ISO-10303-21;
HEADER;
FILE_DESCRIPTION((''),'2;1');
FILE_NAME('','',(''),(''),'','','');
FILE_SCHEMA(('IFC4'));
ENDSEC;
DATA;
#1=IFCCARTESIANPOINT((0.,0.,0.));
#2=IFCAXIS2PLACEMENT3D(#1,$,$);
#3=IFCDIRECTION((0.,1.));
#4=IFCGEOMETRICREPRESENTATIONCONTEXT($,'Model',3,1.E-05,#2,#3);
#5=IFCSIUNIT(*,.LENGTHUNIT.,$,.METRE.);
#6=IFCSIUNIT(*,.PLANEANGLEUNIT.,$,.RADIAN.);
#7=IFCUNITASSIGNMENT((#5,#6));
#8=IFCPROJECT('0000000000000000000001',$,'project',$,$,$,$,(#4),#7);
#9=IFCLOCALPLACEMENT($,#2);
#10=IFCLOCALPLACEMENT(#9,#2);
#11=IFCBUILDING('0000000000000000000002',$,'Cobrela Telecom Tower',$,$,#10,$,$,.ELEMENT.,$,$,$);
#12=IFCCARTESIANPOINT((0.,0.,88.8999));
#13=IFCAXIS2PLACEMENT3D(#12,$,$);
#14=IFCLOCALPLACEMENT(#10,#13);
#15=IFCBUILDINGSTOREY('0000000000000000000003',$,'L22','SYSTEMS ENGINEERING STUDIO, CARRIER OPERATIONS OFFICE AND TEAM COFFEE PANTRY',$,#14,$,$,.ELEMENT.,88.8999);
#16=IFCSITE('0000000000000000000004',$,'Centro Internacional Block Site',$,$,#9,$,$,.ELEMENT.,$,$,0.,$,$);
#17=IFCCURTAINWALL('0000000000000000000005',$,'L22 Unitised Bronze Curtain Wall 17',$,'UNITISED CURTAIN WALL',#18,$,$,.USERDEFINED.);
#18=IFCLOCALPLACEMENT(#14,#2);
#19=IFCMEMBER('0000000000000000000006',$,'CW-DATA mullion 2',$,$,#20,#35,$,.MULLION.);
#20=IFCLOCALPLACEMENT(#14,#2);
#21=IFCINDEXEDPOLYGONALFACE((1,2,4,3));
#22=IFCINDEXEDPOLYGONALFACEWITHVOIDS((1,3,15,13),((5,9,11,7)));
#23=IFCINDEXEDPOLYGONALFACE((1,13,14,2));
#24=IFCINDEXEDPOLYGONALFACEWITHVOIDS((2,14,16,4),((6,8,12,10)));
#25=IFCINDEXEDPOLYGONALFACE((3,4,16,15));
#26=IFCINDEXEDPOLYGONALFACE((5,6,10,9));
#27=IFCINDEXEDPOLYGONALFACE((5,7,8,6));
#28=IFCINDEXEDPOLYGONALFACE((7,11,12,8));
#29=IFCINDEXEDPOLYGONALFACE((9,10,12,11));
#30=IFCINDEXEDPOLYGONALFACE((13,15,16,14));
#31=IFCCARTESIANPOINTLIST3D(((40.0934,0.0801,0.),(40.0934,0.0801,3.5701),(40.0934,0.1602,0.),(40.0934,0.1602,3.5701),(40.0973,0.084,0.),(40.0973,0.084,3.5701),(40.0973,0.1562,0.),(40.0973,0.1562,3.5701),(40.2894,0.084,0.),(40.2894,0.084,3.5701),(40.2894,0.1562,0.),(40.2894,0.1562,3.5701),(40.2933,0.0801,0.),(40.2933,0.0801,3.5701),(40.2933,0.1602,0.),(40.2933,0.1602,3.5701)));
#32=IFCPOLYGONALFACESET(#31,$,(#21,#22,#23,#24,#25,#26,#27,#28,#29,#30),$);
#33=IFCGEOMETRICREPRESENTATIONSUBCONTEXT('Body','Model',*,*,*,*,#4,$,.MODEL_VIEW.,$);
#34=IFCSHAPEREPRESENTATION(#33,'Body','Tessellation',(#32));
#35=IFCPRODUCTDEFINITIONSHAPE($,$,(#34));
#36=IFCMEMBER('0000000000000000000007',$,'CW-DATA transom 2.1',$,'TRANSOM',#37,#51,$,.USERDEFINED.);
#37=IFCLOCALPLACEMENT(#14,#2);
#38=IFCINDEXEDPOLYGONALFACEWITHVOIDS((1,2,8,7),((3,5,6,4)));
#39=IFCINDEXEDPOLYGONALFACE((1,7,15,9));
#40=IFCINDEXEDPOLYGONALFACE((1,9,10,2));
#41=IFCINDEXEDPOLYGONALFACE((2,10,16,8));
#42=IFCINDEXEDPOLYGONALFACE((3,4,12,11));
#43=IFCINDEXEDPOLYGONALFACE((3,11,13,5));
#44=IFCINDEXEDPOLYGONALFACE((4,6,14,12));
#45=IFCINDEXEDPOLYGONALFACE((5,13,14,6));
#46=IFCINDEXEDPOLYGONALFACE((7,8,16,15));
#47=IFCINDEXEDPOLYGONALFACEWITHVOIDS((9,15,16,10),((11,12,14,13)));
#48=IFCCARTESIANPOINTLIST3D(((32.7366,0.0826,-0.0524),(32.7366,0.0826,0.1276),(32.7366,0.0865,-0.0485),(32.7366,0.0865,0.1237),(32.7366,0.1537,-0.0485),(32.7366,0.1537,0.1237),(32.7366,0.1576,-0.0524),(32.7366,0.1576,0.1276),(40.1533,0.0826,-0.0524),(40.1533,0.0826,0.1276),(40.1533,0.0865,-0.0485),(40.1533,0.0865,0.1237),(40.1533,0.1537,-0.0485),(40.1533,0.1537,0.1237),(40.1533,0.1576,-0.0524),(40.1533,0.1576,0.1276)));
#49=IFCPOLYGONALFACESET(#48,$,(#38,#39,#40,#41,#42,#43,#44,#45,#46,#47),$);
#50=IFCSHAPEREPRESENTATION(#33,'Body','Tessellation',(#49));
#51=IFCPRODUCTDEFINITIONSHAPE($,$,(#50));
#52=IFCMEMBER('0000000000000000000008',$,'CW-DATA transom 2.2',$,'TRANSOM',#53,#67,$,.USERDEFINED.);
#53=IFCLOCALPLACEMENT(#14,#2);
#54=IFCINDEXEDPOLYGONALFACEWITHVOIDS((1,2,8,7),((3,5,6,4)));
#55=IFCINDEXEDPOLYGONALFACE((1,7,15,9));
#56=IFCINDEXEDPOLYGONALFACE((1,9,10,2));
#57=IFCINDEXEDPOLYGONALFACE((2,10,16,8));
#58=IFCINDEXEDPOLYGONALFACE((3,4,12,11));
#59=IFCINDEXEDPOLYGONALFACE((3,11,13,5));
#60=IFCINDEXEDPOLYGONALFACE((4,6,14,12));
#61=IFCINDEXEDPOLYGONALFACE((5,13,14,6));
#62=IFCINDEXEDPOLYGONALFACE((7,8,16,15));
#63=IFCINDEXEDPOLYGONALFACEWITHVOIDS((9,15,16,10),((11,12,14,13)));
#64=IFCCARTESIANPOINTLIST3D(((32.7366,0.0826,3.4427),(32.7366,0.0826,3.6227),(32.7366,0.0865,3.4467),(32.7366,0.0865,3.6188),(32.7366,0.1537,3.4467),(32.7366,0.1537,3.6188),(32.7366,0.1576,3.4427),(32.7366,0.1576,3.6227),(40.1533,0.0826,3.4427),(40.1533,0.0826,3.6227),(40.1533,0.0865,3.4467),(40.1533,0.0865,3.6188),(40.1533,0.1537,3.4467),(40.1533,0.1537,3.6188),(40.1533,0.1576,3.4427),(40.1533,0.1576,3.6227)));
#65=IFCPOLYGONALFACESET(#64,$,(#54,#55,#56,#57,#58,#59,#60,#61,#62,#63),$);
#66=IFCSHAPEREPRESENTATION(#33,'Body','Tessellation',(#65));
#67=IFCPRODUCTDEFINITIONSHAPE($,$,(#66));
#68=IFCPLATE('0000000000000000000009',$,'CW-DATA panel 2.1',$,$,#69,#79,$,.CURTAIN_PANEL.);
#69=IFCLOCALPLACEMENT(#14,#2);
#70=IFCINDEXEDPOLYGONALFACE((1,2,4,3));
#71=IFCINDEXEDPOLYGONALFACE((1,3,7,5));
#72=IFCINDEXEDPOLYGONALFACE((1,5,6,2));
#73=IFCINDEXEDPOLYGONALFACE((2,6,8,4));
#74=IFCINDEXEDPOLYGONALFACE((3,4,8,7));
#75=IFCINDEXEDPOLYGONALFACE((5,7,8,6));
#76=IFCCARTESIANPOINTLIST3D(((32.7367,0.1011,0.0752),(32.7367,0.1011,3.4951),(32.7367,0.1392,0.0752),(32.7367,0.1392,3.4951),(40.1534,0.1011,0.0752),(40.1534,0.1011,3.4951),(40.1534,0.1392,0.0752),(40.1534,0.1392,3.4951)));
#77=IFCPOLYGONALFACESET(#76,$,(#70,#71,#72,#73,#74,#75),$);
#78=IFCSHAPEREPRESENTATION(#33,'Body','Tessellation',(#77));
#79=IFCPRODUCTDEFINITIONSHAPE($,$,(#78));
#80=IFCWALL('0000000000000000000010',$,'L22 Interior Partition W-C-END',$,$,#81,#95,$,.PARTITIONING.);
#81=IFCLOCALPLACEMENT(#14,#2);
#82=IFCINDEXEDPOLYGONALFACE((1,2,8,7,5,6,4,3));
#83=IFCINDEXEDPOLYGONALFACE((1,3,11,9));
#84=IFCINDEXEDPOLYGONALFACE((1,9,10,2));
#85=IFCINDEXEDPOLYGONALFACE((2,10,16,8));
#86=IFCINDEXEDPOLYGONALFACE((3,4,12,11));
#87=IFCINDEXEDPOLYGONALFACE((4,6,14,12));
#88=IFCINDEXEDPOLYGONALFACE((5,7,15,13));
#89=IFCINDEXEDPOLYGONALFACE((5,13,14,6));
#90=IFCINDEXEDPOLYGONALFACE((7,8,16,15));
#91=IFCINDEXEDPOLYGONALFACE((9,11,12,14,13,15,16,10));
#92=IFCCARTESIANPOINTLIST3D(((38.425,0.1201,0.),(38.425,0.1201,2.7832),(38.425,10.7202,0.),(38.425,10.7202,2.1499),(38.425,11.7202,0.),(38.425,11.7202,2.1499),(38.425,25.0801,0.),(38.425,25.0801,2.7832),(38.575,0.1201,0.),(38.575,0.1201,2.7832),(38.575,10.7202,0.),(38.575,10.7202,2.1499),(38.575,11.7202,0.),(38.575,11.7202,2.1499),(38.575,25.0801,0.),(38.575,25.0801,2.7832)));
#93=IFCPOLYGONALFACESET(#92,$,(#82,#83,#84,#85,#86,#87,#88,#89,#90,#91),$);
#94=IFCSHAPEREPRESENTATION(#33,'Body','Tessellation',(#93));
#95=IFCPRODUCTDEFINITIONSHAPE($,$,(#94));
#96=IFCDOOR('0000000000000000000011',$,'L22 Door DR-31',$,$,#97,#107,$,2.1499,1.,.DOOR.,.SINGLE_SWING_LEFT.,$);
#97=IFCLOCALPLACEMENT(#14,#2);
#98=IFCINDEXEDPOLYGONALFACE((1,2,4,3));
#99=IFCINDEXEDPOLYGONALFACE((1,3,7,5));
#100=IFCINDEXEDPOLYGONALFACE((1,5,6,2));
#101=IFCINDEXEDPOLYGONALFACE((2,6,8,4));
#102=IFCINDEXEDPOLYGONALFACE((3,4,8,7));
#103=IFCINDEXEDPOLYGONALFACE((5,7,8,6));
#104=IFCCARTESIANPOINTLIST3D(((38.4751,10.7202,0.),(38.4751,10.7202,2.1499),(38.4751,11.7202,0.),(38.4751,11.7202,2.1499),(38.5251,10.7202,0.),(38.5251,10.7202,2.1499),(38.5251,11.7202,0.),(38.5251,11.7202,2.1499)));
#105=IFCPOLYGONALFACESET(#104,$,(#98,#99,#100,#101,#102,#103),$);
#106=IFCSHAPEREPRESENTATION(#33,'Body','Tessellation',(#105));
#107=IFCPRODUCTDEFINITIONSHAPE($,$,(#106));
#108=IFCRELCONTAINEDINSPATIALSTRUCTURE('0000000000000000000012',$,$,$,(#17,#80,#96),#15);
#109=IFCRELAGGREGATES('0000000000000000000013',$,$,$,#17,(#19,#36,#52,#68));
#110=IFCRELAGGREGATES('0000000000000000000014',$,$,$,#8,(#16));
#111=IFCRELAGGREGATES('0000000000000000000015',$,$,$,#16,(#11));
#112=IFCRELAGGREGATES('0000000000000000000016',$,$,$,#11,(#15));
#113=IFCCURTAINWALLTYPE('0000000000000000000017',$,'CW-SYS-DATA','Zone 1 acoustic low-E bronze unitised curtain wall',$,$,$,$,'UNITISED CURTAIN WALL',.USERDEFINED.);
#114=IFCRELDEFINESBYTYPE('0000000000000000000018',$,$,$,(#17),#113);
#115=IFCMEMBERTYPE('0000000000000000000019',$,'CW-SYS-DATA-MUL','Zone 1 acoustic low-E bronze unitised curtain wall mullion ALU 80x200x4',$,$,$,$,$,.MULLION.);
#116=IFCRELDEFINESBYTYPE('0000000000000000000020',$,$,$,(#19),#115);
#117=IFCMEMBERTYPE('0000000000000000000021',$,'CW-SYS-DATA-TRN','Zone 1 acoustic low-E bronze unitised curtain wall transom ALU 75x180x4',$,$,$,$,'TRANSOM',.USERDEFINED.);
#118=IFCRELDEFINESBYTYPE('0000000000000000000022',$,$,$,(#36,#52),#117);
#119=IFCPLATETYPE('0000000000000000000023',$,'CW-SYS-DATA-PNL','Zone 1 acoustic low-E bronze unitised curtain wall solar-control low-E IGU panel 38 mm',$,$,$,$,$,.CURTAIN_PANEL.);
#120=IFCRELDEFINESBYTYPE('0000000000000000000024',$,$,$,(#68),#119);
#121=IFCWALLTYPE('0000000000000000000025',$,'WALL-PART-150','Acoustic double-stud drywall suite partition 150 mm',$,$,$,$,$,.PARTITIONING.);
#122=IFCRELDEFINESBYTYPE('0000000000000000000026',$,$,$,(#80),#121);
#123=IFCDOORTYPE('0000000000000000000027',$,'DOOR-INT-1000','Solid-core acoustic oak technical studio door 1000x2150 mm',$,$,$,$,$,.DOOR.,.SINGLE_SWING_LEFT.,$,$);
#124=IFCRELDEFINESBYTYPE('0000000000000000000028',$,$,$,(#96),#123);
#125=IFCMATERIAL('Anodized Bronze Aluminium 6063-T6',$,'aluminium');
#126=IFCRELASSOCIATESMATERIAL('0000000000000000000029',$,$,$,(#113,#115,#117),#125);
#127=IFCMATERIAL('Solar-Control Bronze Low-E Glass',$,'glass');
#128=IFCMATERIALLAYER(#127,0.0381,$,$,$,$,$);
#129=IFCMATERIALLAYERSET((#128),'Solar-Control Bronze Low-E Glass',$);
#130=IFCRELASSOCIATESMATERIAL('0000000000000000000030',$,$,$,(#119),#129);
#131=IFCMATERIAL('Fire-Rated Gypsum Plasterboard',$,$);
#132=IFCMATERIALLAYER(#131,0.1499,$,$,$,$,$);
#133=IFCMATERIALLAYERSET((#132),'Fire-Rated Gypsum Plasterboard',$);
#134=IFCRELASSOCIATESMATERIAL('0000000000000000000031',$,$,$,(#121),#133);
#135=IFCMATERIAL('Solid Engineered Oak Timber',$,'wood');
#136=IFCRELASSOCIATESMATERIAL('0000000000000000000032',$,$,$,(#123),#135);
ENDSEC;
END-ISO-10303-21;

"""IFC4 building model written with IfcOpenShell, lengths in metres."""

from ifc_helpers import new_model, si_unit, direction, frame, frame_2d, origin, origin_2d, place, context, subcontext, project, spatial, rectangle, hollow_rectangle, extrude, material, layer, layer_set, material_profile, profile_set, type_object, element, fill, aggregate, save


model = new_model("IFC4")

# Units and contexts
model_context = context("Model", 3, precision=1e-05, world=origin(), true_north=direction((0.0, 1.0)))
body_context = subcontext(model_context, "Body", "Model", "MODEL_VIEW")
ifc_project = project(units=[si_unit("LENGTHUNIT", "METRE"), si_unit("PLANEANGLEUNIT", "RADIAN")], contexts=[model_context])

# Site, building, storey
site_placement = place(None, origin())
site = spatial("IfcSite", under=ifc_project, at=site_placement, Name="Centro Internacional Block Site", CompositionType="ELEMENT", RefElevation=0.0)
building_placement = place(site_placement, origin())
building = spatial("IfcBuilding", under=site, at=building_placement, Name="Cobrela Telecom Tower", CompositionType="ELEMENT")
storey_placement = place(building_placement, frame((0.0, 0.0, 88.8999)))
storey = spatial("IfcBuildingStorey", under=building, at=storey_placement, Name="L22", Description="SYSTEMS ENGINEERING STUDIO, CARRIER OPERATIONS OFFICE AND TEAM COFFEE PANTRY", CompositionType="ELEMENT", Elevation=88.8999)

# Curtain wall, members, plate
ifc_material_1 = material(Name="Anodized Bronze Aluminium 6063-T6", Category="aluminium")
curtain_wall_type = type_object("IfcCurtainWallType", Name="CW-SYS-DATA", Description="Zone 1 acoustic low-E bronze unitised curtain wall", ElementType="UNITISED CURTAIN WALL", PredefinedType="USERDEFINED", material=ifc_material_1)
curtain_wall_placement = place(storey_placement, origin())
curtain_wall = element("IfcCurtainWall", 1, at=curtain_wall_placement, inside=storey, type_object=curtain_wall_type, Name="L22 Unitised Bronze Curtain Wall 17", ObjectType="UNITISED CURTAIN WALL", PredefinedType="USERDEFINED")
ifc_material_profile_1 = material_profile(ifc_material_1, hollow_rectangle(XDim=0.0801, YDim=0.2, WallThickness=0.0039, at=origin_2d()), Name="ALU 80x200x4")
ifc_profile_set_1 = profile_set([ifc_material_profile_1], Name="Anodized Bronze Aluminium 6063-T6")
member_type_1 = type_object("IfcMemberType", Name="CW-SYS-DATA-MUL", Description="Zone 1 acoustic low-E bronze unitised curtain wall mullion ALU 80x200x4", PredefinedType="MULLION", material=ifc_profile_set_1)
member_1_placement = place(storey_placement, frame((40.1934, 0.1201, 0.0), z_axis=(0.0, 0.0, 1.0), x_axis=(0.0, -1.0, 0.0)))
member_1 = element("IfcMember", 2, at=member_1_placement, type_object=member_type_1, Name="CW-DATA mullion 2", PredefinedType="MULLION", context=body_context, shape_type="SweptSolid", body=[
    extrude(hollow_rectangle(XDim=0.0801, YDim=0.2, WallThickness=0.0039, at=origin_2d()), origin(), (0.0, 0.0, 1.0), 3.5701),
])
ifc_material_profile_2 = material_profile(ifc_material_1, hollow_rectangle(XDim=0.075, YDim=0.1799, WallThickness=0.0039, at=origin_2d()), Name="ALU 75x180x4")
ifc_profile_set_2 = profile_set([ifc_material_profile_2], Name="Anodized Bronze Aluminium 6063-T6")
member_type_2 = type_object("IfcMemberType", Name="CW-SYS-DATA-TRN", Description="Zone 1 acoustic low-E bronze unitised curtain wall transom ALU 75x180x4", ElementType="TRANSOM", PredefinedType="USERDEFINED", material=ifc_profile_set_2)
member_2_placement = place(storey_placement, frame((40.1533, 0.1201, 0.0376), z_axis=(-1.0, 0.0, 0.0), x_axis=(0.0, -1.0, 0.0)))
member_2 = element("IfcMember", 3, at=member_2_placement, type_object=member_type_2, Name="CW-DATA transom 2.1", ObjectType="TRANSOM", PredefinedType="USERDEFINED", context=body_context, shape_type="SweptSolid", body=[
    extrude(hollow_rectangle(XDim=0.075, YDim=0.1799, WallThickness=0.0039, at=origin_2d()), origin(), (0.0, 0.0, 1.0), 7.4167),
])
member_3_placement = place(storey_placement, frame((40.1533, 0.1201, 3.5327), z_axis=(-1.0, 0.0, 0.0), x_axis=(0.0, -1.0, 0.0)))
member_3 = element("IfcMember", 4, at=member_3_placement, type_object=member_type_2, Name="CW-DATA transom 2.2", ObjectType="TRANSOM", PredefinedType="USERDEFINED", context=body_context, shape_type="SweptSolid", body=[
    extrude(hollow_rectangle(XDim=0.075, YDim=0.1799, WallThickness=0.0039, at=origin_2d()), origin(), (0.0, 0.0, 1.0), 7.4167),
])
ifc_material_2 = material(Name="Solar-Control Bronze Low-E Glass", Category="glass")
ifc_layer_1 = layer(ifc_material_2, 0.0381)
ifc_layer_set_1 = layer_set([ifc_layer_1], Name="Solar-Control Bronze Low-E Glass")
plate_type = type_object("IfcPlateType", Name="CW-SYS-DATA-PNL", Description="Zone 1 acoustic low-E bronze unitised curtain wall solar-control low-E IGU panel 38 mm", PredefinedType="CURTAIN_PANEL", material=ifc_layer_set_1)
plate_placement = place(storey_placement, frame((36.4451, 0.1201, 0.0752), z_axis=(0.0, 0.0, 1.0), x_axis=(-1.0, 0.0, 0.0)))
plate = element("IfcPlate", 5, at=plate_placement, type_object=plate_type, Name="CW-DATA panel 2.1", PredefinedType="CURTAIN_PANEL", context=body_context, shape_type="SweptSolid", body=[
    extrude(rectangle(XDim=7.4167, YDim=0.0381, at=origin_2d()), origin(), (0.0, 0.0, 1.0), 3.4199),
])
aggregate(curtain_wall, [member_1, member_2, member_3, plate])

# Wall, opening, door
ifc_material_3 = material(Name="Fire-Rated Gypsum Plasterboard")
ifc_layer_2 = layer(ifc_material_3, 0.1499)
ifc_layer_set_2 = layer_set([ifc_layer_2], Name="Fire-Rated Gypsum Plasterboard")
wall_type = type_object("IfcWallType", Name="WALL-PART-150", Description="Acoustic double-stud drywall suite partition 150 mm", PredefinedType="PARTITIONING", material=ifc_layer_set_2)
wall_placement = place(storey_placement, frame((38.5, 0.1201, 0.0), z_axis=(0.0, 0.0, 1.0), x_axis=(0.0, 1.0, 0.0)))
wall = element("IfcWall", 6, at=wall_placement, inside=storey, type_object=wall_type, Name="L22 Interior Partition W-C-END", PredefinedType="PARTITIONING", context=body_context, shape_type="SweptSolid", body=[
    extrude(rectangle(XDim=24.96, YDim=0.1499, at=frame_2d((12.48, 0.0))), origin(), (0.0, 0.0, 1.0), 2.7832),
])
opening_placement = place(wall_placement, frame((10.6001, 0.0, 0.0)))
opening = element("IfcOpeningElement", 7, at=opening_placement, cuts=wall, PredefinedType="OPENING", context=body_context, shape_type="SweptSolid", body=[
    extrude(rectangle(XDim=1.0, YDim=2.1499, at=frame_2d((0.5, 1.075))), frame((0.0, 0.0869, 0.0), z_axis=(0.0, -1.0, 0.0), x_axis=(1.0, 0.0, 0.0)), (0.0, 0.0, 1.0), 0.1738),
])
ifc_material_4 = material(Name="Solid Engineered Oak Timber", Category="wood")
door_type = type_object("IfcDoorType", Name="DOOR-INT-1000", Description="Solid-core acoustic oak technical studio door 1000x2150 mm", OperationType="SINGLE_SWING_LEFT", PredefinedType="DOOR", material=ifc_material_4)
door_placement = place(opening_placement, origin())
door = element("IfcDoor", 8, at=door_placement, inside=storey, type_object=door_type, Name="L22 Door DR-31", OperationType="SINGLE_SWING_LEFT", OverallHeight=2.1499, OverallWidth=1.0, PredefinedType="DOOR", context=body_context, shape_type="SweptSolid", body=[
    extrude(rectangle(XDim=1.0, YDim=2.1499, at=frame_2d((0.5, 1.075))), frame((0.0, 0.0249, 0.0), z_axis=(0.0, -1.0, 0.0), x_axis=(1.0, 0.0, 0.0)), (0.0, 0.0, 1.0), 0.05),
])
fill(opening, door)

save(model, "model.ifc")
